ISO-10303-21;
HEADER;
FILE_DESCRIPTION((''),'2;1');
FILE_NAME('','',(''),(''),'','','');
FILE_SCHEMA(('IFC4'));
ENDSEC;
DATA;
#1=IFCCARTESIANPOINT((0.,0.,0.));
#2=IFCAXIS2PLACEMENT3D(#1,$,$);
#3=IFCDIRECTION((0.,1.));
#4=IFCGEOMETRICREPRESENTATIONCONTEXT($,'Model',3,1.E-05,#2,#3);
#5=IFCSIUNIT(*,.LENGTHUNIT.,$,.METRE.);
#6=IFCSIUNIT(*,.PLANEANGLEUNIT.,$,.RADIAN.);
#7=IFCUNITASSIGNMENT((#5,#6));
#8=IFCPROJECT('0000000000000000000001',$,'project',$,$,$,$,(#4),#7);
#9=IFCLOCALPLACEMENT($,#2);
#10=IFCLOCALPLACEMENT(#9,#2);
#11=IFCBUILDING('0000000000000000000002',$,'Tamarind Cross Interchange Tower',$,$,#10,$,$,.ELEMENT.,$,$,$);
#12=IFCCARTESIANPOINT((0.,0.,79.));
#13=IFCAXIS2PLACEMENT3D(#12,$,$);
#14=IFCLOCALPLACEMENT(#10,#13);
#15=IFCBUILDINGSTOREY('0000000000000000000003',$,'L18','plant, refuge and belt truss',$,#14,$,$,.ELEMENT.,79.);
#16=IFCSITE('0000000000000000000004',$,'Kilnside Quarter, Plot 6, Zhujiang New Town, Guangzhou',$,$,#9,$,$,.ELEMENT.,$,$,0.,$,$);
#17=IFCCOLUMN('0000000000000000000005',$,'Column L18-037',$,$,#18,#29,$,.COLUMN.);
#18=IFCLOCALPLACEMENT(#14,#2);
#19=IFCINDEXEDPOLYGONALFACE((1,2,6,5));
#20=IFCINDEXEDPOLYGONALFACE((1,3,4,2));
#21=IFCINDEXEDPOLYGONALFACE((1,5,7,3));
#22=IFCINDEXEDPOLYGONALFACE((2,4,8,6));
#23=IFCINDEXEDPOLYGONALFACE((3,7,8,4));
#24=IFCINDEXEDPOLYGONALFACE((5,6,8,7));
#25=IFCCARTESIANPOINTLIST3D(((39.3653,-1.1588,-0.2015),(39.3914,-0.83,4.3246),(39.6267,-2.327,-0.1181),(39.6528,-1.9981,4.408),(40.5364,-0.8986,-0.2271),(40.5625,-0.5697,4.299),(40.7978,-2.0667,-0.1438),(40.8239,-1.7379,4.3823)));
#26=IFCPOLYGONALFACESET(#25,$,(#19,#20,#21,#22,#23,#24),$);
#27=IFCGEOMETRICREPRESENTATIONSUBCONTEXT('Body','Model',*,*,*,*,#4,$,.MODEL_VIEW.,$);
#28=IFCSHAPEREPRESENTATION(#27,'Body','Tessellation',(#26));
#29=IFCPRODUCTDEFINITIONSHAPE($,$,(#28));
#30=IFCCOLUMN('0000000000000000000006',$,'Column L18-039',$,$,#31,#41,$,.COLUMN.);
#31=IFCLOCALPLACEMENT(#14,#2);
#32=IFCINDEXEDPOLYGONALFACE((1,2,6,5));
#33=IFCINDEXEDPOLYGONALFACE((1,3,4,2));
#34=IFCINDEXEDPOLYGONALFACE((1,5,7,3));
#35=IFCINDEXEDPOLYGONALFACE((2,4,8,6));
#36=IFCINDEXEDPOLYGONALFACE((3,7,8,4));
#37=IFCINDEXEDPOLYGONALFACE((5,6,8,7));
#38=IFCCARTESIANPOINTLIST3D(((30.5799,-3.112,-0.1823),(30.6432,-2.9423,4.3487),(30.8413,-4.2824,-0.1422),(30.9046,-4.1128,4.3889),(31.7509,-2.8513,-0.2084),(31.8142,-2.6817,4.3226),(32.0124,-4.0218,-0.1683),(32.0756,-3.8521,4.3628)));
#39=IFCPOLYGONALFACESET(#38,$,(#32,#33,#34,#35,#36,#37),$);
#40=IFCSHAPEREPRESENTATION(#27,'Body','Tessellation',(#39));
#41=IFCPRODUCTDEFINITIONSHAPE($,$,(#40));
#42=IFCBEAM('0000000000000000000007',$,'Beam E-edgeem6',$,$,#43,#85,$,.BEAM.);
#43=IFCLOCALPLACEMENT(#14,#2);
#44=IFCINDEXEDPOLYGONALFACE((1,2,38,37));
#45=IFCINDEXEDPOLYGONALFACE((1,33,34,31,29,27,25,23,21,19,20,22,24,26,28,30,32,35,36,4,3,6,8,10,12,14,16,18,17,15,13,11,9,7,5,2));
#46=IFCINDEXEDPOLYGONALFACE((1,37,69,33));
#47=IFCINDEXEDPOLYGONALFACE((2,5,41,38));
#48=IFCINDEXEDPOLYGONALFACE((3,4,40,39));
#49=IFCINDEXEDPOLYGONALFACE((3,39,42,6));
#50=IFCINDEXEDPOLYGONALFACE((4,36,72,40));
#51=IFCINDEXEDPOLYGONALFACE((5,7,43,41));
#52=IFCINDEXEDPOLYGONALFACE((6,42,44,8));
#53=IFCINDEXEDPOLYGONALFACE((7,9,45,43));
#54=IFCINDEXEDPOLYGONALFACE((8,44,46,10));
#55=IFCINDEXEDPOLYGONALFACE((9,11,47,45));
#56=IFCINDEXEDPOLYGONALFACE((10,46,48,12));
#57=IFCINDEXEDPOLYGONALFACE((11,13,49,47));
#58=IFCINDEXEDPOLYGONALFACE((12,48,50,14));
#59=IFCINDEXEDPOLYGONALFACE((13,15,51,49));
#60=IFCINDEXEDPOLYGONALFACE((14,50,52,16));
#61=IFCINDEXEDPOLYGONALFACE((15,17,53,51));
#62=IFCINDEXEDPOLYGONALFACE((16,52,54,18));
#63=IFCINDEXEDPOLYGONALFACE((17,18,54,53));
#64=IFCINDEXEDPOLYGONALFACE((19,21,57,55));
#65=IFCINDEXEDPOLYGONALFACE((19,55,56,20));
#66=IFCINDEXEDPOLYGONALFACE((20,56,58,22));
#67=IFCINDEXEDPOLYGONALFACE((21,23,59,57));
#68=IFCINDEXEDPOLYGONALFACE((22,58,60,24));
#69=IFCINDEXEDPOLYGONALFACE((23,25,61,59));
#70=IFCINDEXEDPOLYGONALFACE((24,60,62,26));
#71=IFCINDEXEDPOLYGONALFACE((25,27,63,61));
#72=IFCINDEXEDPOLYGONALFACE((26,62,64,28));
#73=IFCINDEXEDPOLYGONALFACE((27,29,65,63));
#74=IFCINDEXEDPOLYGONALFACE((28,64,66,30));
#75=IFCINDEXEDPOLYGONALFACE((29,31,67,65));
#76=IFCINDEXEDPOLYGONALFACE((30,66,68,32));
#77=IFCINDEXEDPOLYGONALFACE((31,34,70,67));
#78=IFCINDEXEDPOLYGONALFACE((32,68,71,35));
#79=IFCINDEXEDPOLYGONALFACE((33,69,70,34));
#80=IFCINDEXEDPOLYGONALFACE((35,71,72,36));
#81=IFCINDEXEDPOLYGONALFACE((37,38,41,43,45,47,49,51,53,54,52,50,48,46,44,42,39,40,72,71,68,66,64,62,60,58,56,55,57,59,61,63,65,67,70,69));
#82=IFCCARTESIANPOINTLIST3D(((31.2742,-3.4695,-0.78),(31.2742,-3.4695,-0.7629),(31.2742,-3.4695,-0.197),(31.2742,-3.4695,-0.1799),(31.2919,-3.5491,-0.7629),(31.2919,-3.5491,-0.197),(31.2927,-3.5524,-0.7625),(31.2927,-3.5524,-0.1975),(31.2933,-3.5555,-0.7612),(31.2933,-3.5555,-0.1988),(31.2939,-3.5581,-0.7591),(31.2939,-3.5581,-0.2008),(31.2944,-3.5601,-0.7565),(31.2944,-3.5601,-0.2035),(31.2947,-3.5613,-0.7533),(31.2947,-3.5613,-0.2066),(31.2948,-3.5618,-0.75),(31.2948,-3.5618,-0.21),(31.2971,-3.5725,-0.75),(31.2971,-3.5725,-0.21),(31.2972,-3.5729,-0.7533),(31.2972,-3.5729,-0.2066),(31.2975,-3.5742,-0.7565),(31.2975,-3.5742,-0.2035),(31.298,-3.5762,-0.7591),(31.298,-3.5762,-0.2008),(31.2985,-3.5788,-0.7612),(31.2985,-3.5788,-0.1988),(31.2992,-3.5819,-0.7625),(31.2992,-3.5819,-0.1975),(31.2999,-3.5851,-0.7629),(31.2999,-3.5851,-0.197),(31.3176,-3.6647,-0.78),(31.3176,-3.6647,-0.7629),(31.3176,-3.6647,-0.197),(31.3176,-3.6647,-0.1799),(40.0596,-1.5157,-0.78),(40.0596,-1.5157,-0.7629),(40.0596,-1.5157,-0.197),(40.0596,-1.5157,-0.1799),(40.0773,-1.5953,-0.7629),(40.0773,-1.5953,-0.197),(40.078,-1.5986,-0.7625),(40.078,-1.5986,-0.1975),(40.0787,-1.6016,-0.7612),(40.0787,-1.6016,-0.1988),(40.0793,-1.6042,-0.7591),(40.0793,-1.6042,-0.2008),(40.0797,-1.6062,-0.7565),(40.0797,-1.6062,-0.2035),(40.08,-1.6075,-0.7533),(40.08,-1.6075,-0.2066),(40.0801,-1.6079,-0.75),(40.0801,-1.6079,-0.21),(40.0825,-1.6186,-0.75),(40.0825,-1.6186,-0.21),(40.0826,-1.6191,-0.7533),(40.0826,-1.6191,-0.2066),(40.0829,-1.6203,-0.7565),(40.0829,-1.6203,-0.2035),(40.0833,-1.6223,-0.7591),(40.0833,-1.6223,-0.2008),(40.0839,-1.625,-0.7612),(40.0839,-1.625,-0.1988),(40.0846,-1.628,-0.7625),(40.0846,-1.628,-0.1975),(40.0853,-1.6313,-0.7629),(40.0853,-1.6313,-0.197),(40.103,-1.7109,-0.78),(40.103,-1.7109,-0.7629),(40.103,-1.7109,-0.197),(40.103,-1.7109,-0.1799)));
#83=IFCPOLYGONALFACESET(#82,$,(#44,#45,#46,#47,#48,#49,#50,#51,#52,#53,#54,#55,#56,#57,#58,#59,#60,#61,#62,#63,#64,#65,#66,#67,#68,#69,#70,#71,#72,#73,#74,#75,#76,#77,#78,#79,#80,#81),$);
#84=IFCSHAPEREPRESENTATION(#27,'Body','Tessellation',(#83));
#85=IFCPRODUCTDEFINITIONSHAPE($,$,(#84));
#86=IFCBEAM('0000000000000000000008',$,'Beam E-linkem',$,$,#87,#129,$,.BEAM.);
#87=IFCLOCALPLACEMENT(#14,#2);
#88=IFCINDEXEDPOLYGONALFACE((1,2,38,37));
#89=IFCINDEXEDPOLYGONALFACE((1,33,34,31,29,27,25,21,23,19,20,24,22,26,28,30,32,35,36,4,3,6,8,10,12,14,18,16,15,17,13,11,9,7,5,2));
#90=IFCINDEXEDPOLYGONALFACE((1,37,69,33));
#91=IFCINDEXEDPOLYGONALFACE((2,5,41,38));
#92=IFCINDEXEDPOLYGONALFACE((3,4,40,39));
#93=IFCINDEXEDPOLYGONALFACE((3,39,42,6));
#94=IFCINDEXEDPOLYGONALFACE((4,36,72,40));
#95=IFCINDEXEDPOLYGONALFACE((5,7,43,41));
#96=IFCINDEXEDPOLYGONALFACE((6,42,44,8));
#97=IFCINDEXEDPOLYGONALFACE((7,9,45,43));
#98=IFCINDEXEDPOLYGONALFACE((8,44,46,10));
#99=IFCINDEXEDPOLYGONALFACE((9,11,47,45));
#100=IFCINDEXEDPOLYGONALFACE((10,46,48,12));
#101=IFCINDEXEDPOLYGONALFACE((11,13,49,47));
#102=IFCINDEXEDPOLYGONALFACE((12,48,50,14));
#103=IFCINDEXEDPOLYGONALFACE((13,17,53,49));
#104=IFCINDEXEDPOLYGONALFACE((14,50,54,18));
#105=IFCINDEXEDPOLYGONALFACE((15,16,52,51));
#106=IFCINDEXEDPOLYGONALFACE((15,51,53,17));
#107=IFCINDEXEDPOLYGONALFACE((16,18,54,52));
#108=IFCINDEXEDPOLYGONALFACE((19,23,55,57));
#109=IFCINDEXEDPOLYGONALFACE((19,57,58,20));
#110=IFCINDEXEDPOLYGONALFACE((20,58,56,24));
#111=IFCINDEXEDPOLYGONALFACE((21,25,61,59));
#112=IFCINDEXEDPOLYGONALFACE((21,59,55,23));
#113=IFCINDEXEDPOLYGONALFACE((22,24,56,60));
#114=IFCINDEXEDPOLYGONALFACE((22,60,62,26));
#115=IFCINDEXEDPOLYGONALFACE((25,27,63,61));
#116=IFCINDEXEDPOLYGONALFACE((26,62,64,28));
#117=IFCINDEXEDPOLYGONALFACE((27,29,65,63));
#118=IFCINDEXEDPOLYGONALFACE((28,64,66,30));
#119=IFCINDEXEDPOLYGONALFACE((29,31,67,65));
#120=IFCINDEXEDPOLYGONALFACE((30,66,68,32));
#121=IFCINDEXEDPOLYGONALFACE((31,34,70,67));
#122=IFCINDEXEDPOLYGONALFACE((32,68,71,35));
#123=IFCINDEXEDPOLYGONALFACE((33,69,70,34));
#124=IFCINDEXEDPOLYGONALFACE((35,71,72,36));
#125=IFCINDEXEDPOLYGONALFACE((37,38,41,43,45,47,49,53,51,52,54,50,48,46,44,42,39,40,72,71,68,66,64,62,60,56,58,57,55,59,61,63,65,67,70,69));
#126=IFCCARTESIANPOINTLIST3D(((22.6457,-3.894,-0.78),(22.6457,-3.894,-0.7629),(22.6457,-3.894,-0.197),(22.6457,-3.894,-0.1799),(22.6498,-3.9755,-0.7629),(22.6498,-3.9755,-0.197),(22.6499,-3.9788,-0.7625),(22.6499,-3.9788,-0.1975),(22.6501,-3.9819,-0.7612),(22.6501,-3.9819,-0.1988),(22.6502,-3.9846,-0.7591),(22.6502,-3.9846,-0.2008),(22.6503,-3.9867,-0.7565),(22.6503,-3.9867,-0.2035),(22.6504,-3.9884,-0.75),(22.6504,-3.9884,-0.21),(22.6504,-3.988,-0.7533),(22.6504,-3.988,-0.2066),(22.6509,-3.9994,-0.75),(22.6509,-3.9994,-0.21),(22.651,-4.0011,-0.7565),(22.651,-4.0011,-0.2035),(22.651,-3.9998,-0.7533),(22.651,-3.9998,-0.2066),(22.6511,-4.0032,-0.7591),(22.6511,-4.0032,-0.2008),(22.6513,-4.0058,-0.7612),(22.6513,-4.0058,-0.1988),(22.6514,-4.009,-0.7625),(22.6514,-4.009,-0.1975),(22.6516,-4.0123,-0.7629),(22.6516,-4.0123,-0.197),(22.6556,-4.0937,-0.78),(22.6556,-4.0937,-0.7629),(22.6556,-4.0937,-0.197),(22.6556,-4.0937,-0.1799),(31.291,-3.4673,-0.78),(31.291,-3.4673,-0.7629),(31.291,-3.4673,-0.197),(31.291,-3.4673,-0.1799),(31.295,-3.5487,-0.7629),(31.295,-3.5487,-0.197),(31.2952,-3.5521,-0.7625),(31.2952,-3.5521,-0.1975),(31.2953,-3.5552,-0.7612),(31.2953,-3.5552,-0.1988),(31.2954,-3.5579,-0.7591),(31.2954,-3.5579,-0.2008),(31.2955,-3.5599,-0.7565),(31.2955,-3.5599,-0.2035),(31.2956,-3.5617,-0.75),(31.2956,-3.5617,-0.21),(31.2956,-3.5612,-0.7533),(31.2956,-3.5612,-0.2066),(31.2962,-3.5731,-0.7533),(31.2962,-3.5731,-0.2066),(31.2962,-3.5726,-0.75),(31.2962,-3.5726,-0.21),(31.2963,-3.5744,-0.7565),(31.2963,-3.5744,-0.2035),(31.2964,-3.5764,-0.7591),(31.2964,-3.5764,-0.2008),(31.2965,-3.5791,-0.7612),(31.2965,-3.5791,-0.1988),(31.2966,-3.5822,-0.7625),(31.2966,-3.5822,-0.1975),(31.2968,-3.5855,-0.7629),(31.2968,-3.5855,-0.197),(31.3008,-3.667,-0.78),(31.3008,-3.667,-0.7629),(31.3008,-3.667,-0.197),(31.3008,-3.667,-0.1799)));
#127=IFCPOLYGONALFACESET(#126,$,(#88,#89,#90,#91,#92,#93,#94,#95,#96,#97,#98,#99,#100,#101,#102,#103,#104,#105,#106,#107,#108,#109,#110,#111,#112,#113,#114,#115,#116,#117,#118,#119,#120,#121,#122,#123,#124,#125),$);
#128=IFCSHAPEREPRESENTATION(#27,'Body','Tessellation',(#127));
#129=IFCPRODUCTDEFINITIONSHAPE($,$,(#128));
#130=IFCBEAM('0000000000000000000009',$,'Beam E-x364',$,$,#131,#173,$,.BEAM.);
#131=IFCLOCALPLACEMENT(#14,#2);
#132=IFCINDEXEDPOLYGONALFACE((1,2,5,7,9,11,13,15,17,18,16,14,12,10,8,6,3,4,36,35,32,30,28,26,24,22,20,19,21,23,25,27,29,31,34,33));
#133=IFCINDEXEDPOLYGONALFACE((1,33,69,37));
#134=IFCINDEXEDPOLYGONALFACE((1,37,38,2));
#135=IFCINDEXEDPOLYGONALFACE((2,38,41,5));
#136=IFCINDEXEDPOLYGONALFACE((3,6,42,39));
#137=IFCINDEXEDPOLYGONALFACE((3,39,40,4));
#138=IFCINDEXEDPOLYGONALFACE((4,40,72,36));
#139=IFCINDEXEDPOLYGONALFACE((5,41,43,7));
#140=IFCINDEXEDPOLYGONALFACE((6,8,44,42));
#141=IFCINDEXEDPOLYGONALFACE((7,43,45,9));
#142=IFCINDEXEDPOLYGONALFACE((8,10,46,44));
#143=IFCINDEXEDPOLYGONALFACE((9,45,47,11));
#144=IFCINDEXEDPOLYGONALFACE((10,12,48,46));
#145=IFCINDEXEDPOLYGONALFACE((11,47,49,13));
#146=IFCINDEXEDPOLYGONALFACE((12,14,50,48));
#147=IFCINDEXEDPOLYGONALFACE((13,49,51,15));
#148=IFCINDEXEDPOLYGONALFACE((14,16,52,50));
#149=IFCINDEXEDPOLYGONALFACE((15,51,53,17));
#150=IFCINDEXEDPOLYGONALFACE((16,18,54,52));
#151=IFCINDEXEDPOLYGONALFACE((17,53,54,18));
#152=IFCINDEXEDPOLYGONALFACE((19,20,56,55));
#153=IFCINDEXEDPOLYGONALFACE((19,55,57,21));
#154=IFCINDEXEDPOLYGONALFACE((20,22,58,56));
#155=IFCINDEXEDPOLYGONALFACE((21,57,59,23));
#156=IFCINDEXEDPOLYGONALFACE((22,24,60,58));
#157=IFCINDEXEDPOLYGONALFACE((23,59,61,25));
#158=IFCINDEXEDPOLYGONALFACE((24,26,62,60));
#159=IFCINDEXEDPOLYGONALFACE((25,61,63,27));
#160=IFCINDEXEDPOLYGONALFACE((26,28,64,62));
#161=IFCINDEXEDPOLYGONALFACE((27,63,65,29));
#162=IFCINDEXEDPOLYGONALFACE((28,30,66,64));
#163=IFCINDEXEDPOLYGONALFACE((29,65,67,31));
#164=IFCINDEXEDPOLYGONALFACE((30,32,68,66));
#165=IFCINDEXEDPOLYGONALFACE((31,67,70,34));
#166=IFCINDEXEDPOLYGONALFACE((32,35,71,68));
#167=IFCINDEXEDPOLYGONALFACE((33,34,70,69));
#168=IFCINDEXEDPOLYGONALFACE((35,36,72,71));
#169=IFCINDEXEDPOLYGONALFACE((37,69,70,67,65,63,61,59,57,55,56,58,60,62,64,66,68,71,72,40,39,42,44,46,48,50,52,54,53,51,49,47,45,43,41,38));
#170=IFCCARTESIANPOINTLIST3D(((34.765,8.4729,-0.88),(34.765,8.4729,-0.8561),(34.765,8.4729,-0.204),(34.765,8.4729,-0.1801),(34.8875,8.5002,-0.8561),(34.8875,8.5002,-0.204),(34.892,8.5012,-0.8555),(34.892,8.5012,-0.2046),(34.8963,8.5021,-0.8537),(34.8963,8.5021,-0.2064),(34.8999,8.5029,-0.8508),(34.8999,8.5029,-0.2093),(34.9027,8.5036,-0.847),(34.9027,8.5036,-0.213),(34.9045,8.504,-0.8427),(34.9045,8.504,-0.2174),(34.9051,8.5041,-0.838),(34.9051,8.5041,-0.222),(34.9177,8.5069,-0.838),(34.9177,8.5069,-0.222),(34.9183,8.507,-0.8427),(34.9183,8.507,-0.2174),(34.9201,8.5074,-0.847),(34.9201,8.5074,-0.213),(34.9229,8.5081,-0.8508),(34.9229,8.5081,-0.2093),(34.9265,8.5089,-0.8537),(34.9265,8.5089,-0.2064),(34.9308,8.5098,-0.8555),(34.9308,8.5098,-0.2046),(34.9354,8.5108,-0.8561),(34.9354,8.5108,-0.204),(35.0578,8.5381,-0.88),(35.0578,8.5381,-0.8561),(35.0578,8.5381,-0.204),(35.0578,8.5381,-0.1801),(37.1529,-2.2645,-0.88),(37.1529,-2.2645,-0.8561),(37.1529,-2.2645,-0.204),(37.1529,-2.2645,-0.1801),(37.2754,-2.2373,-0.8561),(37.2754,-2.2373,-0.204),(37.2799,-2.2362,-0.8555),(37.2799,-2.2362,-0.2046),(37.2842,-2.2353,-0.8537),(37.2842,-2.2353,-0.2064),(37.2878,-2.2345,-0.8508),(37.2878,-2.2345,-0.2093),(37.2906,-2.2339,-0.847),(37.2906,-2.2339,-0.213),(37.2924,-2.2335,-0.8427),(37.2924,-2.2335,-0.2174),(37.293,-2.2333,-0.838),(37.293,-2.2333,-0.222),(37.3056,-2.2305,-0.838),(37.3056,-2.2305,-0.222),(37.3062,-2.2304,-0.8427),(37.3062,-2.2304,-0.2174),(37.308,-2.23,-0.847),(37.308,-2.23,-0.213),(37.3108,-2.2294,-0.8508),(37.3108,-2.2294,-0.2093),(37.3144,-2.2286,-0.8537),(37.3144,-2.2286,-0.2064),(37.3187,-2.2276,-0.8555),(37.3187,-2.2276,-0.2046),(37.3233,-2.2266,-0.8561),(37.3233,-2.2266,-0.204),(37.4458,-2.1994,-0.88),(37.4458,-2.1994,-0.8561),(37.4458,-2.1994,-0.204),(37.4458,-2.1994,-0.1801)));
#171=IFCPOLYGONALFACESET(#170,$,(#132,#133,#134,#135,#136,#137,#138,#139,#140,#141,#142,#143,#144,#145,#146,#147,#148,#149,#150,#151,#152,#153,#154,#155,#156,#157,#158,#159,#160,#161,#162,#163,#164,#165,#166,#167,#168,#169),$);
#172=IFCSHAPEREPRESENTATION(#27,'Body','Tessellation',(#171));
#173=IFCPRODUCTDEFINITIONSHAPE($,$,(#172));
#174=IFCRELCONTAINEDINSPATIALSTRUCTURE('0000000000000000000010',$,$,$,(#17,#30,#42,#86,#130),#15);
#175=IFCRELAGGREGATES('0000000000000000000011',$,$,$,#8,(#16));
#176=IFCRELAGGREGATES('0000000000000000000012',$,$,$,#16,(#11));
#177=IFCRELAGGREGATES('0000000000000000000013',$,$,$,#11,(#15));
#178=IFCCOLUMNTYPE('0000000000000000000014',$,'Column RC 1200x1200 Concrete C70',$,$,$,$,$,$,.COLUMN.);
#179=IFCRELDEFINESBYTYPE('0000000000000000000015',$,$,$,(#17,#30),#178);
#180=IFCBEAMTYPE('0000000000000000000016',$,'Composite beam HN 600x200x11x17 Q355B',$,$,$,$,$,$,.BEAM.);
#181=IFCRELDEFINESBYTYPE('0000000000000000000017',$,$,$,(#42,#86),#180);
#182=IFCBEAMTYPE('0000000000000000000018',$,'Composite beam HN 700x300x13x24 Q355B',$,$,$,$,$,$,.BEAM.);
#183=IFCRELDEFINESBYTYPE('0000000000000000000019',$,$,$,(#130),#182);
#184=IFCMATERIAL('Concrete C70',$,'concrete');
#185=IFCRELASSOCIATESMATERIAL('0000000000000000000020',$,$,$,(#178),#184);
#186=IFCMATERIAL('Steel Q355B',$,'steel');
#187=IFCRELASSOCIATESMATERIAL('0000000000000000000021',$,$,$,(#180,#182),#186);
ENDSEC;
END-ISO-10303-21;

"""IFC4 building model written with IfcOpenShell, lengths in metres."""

from ifc_helpers import new_model, si_unit, direction, frame, origin, origin_2d, place, context, subcontext, project, spatial, rectangle, i_section, extrude, material, material_profile, profile_set, type_object, element, save


model = new_model("IFC4")

# Units and contexts
model_context = context("Model", 3, precision=1e-05, world=origin(), true_north=direction((0.0, 1.0)))
body_context = subcontext(model_context, "Body", "Model", "MODEL_VIEW")
ifc_project = project(units=[si_unit("LENGTHUNIT", "METRE"), si_unit("PLANEANGLEUNIT", "RADIAN")], contexts=[model_context])

# Site, building, storey
site_placement = place(None, origin())
site = spatial("IfcSite", under=ifc_project, at=site_placement, Name="Kilnside Quarter, Plot 6, Zhujiang New Town, Guangzhou", CompositionType="ELEMENT", RefElevation=0.0)
building_placement = place(site_placement, origin())
building = spatial("IfcBuilding", under=site, at=building_placement, Name="Tamarind Cross Interchange Tower", CompositionType="ELEMENT")
storey_placement = place(building_placement, frame((0.0, 0.0, 79.0)))
storey = spatial("IfcBuildingStorey", under=building, at=storey_placement, Name="L18", Description="plant, refuge and belt truss", CompositionType="ELEMENT", Elevation=79.0)

# Columns
ifc_material_1 = material(Name="Concrete C70", Category="concrete")
ifc_material_profile_1 = material_profile(ifc_material_1, rectangle(XDim=1.2, YDim=1.2, at=origin_2d()), Name="RC 1200x1200")
ifc_profile_set_1 = profile_set([ifc_material_profile_1], Name="Concrete C70")
column_type = type_object("IfcColumnType", Name="Column RC 1200x1200 Concrete C70", PredefinedType="COLUMN", material=ifc_profile_set_1)
column_1_placement = place(storey_placement, frame((40.0815, -1.6128, -0.1726), z_axis=(0.005756, 0.072465, 0.997354), x_axis=(-0.975961, -0.216895, 0.021392)))
element("IfcColumn", 1, at=column_1_placement, inside=storey, type_object=column_type, Name="Column L18-037", PredefinedType="COLUMN", context=body_context, shape_type="SweptSolid", body=[
    extrude(rectangle(XDim=1.2, YDim=1.2, at=origin_2d()), origin(), (0.0, 0.0, 1.0), 4.5381),
])
column_2_placement = place(storey_placement, frame((31.2961, -3.5669, -0.1753), z_axis=(0.013944, 0.037418, 0.999202), x_axis=(-0.975881, -0.217218, 0.021753)))
element("IfcColumn", 2, at=column_2_placement, inside=storey, type_object=column_type, Name="Column L18-039", PredefinedType="COLUMN", context=body_context, shape_type="SweptSolid", body=[
    extrude(rectangle(XDim=1.2, YDim=1.2, at=origin_2d()), origin(), (0.0, 0.0, 1.0), 4.5347),
])

# Beams
ifc_material_2 = material(Name="Steel Q355B", Category="steel")
ifc_material_profile_2 = material_profile(ifc_material_2, i_section(OverallWidth=0.2, OverallDepth=0.6001, WebThickness=0.011, FlangeThickness=0.0171, FilletRadius=0.0129, at=origin_2d()), Name="HN 600x200x11x17")
ifc_profile_set_2 = profile_set([ifc_material_profile_2], Name="Steel Q355B")
beam_type_1 = type_object("IfcBeamType", Name="Composite beam HN 600x200x11x17 Q355B", PredefinedType="BEAM", material=ifc_profile_set_2)
beam_1_placement = place(storey_placement, frame((40.0813, -1.6133, -0.48), z_axis=(-0.976151, -0.217094, 0.0), x_axis=(0.217094, -0.976151, 0.0)))
element("IfcBeam", 3, at=beam_1_placement, inside=storey, type_object=beam_type_1, Name="Beam E-edgeem6", PredefinedType="BEAM", context=body_context, shape_type="SweptSolid", body=[
    extrude(i_section(OverallWidth=0.2, OverallDepth=0.6001, WebThickness=0.011, FlangeThickness=0.0171, FilletRadius=0.0129, at=origin_2d()), origin(), (0.0, 0.0, 1.0), 9.0),
])
beam_2_placement = place(storey_placement, frame((31.2959, -3.5671, -0.48), z_axis=(-0.998784, -0.049303, 0.0), x_axis=(0.049303, -0.998784, 0.0)))
element("IfcBeam", 4, at=beam_2_placement, inside=storey, type_object=beam_type_1, Name="Beam E-linkem", PredefinedType="BEAM", context=body_context, shape_type="SweptSolid", body=[
    extrude(i_section(OverallWidth=0.2, OverallDepth=0.6001, WebThickness=0.011, FlangeThickness=0.0171, FilletRadius=0.0129, at=origin_2d()), origin(), (0.0, 0.0, 1.0), 8.6558),
])
ifc_material_profile_3 = material_profile(ifc_material_2, i_section(OverallWidth=0.3, OverallDepth=0.7, WebThickness=0.0129, FlangeThickness=0.0239, FilletRadius=0.0181, at=origin_2d()), Name="HN 700x300x13x24")
ifc_profile_set_3 = profile_set([ifc_material_profile_3], Name="Steel Q355B")
beam_type_2 = type_object("IfcBeamType", Name="Composite beam HN 700x300x13x24 Q355B", PredefinedType="BEAM", material=ifc_profile_set_3)
for number, where, z_axis, x_axis, name in (
    (5, (37.2993, -2.2319, -0.53), (-0.217088, 0.976152, 0.0), (-0.976152, -0.217088, 0.0), "Beam E-x364"),
):
    element("IfcBeam", number, at=place(storey_placement, frame(where, z_axis=z_axis, x_axis=x_axis)), inside=storey, type_object=beam_type_2, Name=name, PredefinedType="BEAM", context=body_context, shape_type="SweptSolid", body=[
        extrude(i_section(OverallWidth=0.3, OverallDepth=0.7, WebThickness=0.0129, FlangeThickness=0.0239, FilletRadius=0.0181, at=origin_2d()), origin(), (0.0, 0.0, 1.0), 10.9998),
    ])

save(model, "model.ifc")
